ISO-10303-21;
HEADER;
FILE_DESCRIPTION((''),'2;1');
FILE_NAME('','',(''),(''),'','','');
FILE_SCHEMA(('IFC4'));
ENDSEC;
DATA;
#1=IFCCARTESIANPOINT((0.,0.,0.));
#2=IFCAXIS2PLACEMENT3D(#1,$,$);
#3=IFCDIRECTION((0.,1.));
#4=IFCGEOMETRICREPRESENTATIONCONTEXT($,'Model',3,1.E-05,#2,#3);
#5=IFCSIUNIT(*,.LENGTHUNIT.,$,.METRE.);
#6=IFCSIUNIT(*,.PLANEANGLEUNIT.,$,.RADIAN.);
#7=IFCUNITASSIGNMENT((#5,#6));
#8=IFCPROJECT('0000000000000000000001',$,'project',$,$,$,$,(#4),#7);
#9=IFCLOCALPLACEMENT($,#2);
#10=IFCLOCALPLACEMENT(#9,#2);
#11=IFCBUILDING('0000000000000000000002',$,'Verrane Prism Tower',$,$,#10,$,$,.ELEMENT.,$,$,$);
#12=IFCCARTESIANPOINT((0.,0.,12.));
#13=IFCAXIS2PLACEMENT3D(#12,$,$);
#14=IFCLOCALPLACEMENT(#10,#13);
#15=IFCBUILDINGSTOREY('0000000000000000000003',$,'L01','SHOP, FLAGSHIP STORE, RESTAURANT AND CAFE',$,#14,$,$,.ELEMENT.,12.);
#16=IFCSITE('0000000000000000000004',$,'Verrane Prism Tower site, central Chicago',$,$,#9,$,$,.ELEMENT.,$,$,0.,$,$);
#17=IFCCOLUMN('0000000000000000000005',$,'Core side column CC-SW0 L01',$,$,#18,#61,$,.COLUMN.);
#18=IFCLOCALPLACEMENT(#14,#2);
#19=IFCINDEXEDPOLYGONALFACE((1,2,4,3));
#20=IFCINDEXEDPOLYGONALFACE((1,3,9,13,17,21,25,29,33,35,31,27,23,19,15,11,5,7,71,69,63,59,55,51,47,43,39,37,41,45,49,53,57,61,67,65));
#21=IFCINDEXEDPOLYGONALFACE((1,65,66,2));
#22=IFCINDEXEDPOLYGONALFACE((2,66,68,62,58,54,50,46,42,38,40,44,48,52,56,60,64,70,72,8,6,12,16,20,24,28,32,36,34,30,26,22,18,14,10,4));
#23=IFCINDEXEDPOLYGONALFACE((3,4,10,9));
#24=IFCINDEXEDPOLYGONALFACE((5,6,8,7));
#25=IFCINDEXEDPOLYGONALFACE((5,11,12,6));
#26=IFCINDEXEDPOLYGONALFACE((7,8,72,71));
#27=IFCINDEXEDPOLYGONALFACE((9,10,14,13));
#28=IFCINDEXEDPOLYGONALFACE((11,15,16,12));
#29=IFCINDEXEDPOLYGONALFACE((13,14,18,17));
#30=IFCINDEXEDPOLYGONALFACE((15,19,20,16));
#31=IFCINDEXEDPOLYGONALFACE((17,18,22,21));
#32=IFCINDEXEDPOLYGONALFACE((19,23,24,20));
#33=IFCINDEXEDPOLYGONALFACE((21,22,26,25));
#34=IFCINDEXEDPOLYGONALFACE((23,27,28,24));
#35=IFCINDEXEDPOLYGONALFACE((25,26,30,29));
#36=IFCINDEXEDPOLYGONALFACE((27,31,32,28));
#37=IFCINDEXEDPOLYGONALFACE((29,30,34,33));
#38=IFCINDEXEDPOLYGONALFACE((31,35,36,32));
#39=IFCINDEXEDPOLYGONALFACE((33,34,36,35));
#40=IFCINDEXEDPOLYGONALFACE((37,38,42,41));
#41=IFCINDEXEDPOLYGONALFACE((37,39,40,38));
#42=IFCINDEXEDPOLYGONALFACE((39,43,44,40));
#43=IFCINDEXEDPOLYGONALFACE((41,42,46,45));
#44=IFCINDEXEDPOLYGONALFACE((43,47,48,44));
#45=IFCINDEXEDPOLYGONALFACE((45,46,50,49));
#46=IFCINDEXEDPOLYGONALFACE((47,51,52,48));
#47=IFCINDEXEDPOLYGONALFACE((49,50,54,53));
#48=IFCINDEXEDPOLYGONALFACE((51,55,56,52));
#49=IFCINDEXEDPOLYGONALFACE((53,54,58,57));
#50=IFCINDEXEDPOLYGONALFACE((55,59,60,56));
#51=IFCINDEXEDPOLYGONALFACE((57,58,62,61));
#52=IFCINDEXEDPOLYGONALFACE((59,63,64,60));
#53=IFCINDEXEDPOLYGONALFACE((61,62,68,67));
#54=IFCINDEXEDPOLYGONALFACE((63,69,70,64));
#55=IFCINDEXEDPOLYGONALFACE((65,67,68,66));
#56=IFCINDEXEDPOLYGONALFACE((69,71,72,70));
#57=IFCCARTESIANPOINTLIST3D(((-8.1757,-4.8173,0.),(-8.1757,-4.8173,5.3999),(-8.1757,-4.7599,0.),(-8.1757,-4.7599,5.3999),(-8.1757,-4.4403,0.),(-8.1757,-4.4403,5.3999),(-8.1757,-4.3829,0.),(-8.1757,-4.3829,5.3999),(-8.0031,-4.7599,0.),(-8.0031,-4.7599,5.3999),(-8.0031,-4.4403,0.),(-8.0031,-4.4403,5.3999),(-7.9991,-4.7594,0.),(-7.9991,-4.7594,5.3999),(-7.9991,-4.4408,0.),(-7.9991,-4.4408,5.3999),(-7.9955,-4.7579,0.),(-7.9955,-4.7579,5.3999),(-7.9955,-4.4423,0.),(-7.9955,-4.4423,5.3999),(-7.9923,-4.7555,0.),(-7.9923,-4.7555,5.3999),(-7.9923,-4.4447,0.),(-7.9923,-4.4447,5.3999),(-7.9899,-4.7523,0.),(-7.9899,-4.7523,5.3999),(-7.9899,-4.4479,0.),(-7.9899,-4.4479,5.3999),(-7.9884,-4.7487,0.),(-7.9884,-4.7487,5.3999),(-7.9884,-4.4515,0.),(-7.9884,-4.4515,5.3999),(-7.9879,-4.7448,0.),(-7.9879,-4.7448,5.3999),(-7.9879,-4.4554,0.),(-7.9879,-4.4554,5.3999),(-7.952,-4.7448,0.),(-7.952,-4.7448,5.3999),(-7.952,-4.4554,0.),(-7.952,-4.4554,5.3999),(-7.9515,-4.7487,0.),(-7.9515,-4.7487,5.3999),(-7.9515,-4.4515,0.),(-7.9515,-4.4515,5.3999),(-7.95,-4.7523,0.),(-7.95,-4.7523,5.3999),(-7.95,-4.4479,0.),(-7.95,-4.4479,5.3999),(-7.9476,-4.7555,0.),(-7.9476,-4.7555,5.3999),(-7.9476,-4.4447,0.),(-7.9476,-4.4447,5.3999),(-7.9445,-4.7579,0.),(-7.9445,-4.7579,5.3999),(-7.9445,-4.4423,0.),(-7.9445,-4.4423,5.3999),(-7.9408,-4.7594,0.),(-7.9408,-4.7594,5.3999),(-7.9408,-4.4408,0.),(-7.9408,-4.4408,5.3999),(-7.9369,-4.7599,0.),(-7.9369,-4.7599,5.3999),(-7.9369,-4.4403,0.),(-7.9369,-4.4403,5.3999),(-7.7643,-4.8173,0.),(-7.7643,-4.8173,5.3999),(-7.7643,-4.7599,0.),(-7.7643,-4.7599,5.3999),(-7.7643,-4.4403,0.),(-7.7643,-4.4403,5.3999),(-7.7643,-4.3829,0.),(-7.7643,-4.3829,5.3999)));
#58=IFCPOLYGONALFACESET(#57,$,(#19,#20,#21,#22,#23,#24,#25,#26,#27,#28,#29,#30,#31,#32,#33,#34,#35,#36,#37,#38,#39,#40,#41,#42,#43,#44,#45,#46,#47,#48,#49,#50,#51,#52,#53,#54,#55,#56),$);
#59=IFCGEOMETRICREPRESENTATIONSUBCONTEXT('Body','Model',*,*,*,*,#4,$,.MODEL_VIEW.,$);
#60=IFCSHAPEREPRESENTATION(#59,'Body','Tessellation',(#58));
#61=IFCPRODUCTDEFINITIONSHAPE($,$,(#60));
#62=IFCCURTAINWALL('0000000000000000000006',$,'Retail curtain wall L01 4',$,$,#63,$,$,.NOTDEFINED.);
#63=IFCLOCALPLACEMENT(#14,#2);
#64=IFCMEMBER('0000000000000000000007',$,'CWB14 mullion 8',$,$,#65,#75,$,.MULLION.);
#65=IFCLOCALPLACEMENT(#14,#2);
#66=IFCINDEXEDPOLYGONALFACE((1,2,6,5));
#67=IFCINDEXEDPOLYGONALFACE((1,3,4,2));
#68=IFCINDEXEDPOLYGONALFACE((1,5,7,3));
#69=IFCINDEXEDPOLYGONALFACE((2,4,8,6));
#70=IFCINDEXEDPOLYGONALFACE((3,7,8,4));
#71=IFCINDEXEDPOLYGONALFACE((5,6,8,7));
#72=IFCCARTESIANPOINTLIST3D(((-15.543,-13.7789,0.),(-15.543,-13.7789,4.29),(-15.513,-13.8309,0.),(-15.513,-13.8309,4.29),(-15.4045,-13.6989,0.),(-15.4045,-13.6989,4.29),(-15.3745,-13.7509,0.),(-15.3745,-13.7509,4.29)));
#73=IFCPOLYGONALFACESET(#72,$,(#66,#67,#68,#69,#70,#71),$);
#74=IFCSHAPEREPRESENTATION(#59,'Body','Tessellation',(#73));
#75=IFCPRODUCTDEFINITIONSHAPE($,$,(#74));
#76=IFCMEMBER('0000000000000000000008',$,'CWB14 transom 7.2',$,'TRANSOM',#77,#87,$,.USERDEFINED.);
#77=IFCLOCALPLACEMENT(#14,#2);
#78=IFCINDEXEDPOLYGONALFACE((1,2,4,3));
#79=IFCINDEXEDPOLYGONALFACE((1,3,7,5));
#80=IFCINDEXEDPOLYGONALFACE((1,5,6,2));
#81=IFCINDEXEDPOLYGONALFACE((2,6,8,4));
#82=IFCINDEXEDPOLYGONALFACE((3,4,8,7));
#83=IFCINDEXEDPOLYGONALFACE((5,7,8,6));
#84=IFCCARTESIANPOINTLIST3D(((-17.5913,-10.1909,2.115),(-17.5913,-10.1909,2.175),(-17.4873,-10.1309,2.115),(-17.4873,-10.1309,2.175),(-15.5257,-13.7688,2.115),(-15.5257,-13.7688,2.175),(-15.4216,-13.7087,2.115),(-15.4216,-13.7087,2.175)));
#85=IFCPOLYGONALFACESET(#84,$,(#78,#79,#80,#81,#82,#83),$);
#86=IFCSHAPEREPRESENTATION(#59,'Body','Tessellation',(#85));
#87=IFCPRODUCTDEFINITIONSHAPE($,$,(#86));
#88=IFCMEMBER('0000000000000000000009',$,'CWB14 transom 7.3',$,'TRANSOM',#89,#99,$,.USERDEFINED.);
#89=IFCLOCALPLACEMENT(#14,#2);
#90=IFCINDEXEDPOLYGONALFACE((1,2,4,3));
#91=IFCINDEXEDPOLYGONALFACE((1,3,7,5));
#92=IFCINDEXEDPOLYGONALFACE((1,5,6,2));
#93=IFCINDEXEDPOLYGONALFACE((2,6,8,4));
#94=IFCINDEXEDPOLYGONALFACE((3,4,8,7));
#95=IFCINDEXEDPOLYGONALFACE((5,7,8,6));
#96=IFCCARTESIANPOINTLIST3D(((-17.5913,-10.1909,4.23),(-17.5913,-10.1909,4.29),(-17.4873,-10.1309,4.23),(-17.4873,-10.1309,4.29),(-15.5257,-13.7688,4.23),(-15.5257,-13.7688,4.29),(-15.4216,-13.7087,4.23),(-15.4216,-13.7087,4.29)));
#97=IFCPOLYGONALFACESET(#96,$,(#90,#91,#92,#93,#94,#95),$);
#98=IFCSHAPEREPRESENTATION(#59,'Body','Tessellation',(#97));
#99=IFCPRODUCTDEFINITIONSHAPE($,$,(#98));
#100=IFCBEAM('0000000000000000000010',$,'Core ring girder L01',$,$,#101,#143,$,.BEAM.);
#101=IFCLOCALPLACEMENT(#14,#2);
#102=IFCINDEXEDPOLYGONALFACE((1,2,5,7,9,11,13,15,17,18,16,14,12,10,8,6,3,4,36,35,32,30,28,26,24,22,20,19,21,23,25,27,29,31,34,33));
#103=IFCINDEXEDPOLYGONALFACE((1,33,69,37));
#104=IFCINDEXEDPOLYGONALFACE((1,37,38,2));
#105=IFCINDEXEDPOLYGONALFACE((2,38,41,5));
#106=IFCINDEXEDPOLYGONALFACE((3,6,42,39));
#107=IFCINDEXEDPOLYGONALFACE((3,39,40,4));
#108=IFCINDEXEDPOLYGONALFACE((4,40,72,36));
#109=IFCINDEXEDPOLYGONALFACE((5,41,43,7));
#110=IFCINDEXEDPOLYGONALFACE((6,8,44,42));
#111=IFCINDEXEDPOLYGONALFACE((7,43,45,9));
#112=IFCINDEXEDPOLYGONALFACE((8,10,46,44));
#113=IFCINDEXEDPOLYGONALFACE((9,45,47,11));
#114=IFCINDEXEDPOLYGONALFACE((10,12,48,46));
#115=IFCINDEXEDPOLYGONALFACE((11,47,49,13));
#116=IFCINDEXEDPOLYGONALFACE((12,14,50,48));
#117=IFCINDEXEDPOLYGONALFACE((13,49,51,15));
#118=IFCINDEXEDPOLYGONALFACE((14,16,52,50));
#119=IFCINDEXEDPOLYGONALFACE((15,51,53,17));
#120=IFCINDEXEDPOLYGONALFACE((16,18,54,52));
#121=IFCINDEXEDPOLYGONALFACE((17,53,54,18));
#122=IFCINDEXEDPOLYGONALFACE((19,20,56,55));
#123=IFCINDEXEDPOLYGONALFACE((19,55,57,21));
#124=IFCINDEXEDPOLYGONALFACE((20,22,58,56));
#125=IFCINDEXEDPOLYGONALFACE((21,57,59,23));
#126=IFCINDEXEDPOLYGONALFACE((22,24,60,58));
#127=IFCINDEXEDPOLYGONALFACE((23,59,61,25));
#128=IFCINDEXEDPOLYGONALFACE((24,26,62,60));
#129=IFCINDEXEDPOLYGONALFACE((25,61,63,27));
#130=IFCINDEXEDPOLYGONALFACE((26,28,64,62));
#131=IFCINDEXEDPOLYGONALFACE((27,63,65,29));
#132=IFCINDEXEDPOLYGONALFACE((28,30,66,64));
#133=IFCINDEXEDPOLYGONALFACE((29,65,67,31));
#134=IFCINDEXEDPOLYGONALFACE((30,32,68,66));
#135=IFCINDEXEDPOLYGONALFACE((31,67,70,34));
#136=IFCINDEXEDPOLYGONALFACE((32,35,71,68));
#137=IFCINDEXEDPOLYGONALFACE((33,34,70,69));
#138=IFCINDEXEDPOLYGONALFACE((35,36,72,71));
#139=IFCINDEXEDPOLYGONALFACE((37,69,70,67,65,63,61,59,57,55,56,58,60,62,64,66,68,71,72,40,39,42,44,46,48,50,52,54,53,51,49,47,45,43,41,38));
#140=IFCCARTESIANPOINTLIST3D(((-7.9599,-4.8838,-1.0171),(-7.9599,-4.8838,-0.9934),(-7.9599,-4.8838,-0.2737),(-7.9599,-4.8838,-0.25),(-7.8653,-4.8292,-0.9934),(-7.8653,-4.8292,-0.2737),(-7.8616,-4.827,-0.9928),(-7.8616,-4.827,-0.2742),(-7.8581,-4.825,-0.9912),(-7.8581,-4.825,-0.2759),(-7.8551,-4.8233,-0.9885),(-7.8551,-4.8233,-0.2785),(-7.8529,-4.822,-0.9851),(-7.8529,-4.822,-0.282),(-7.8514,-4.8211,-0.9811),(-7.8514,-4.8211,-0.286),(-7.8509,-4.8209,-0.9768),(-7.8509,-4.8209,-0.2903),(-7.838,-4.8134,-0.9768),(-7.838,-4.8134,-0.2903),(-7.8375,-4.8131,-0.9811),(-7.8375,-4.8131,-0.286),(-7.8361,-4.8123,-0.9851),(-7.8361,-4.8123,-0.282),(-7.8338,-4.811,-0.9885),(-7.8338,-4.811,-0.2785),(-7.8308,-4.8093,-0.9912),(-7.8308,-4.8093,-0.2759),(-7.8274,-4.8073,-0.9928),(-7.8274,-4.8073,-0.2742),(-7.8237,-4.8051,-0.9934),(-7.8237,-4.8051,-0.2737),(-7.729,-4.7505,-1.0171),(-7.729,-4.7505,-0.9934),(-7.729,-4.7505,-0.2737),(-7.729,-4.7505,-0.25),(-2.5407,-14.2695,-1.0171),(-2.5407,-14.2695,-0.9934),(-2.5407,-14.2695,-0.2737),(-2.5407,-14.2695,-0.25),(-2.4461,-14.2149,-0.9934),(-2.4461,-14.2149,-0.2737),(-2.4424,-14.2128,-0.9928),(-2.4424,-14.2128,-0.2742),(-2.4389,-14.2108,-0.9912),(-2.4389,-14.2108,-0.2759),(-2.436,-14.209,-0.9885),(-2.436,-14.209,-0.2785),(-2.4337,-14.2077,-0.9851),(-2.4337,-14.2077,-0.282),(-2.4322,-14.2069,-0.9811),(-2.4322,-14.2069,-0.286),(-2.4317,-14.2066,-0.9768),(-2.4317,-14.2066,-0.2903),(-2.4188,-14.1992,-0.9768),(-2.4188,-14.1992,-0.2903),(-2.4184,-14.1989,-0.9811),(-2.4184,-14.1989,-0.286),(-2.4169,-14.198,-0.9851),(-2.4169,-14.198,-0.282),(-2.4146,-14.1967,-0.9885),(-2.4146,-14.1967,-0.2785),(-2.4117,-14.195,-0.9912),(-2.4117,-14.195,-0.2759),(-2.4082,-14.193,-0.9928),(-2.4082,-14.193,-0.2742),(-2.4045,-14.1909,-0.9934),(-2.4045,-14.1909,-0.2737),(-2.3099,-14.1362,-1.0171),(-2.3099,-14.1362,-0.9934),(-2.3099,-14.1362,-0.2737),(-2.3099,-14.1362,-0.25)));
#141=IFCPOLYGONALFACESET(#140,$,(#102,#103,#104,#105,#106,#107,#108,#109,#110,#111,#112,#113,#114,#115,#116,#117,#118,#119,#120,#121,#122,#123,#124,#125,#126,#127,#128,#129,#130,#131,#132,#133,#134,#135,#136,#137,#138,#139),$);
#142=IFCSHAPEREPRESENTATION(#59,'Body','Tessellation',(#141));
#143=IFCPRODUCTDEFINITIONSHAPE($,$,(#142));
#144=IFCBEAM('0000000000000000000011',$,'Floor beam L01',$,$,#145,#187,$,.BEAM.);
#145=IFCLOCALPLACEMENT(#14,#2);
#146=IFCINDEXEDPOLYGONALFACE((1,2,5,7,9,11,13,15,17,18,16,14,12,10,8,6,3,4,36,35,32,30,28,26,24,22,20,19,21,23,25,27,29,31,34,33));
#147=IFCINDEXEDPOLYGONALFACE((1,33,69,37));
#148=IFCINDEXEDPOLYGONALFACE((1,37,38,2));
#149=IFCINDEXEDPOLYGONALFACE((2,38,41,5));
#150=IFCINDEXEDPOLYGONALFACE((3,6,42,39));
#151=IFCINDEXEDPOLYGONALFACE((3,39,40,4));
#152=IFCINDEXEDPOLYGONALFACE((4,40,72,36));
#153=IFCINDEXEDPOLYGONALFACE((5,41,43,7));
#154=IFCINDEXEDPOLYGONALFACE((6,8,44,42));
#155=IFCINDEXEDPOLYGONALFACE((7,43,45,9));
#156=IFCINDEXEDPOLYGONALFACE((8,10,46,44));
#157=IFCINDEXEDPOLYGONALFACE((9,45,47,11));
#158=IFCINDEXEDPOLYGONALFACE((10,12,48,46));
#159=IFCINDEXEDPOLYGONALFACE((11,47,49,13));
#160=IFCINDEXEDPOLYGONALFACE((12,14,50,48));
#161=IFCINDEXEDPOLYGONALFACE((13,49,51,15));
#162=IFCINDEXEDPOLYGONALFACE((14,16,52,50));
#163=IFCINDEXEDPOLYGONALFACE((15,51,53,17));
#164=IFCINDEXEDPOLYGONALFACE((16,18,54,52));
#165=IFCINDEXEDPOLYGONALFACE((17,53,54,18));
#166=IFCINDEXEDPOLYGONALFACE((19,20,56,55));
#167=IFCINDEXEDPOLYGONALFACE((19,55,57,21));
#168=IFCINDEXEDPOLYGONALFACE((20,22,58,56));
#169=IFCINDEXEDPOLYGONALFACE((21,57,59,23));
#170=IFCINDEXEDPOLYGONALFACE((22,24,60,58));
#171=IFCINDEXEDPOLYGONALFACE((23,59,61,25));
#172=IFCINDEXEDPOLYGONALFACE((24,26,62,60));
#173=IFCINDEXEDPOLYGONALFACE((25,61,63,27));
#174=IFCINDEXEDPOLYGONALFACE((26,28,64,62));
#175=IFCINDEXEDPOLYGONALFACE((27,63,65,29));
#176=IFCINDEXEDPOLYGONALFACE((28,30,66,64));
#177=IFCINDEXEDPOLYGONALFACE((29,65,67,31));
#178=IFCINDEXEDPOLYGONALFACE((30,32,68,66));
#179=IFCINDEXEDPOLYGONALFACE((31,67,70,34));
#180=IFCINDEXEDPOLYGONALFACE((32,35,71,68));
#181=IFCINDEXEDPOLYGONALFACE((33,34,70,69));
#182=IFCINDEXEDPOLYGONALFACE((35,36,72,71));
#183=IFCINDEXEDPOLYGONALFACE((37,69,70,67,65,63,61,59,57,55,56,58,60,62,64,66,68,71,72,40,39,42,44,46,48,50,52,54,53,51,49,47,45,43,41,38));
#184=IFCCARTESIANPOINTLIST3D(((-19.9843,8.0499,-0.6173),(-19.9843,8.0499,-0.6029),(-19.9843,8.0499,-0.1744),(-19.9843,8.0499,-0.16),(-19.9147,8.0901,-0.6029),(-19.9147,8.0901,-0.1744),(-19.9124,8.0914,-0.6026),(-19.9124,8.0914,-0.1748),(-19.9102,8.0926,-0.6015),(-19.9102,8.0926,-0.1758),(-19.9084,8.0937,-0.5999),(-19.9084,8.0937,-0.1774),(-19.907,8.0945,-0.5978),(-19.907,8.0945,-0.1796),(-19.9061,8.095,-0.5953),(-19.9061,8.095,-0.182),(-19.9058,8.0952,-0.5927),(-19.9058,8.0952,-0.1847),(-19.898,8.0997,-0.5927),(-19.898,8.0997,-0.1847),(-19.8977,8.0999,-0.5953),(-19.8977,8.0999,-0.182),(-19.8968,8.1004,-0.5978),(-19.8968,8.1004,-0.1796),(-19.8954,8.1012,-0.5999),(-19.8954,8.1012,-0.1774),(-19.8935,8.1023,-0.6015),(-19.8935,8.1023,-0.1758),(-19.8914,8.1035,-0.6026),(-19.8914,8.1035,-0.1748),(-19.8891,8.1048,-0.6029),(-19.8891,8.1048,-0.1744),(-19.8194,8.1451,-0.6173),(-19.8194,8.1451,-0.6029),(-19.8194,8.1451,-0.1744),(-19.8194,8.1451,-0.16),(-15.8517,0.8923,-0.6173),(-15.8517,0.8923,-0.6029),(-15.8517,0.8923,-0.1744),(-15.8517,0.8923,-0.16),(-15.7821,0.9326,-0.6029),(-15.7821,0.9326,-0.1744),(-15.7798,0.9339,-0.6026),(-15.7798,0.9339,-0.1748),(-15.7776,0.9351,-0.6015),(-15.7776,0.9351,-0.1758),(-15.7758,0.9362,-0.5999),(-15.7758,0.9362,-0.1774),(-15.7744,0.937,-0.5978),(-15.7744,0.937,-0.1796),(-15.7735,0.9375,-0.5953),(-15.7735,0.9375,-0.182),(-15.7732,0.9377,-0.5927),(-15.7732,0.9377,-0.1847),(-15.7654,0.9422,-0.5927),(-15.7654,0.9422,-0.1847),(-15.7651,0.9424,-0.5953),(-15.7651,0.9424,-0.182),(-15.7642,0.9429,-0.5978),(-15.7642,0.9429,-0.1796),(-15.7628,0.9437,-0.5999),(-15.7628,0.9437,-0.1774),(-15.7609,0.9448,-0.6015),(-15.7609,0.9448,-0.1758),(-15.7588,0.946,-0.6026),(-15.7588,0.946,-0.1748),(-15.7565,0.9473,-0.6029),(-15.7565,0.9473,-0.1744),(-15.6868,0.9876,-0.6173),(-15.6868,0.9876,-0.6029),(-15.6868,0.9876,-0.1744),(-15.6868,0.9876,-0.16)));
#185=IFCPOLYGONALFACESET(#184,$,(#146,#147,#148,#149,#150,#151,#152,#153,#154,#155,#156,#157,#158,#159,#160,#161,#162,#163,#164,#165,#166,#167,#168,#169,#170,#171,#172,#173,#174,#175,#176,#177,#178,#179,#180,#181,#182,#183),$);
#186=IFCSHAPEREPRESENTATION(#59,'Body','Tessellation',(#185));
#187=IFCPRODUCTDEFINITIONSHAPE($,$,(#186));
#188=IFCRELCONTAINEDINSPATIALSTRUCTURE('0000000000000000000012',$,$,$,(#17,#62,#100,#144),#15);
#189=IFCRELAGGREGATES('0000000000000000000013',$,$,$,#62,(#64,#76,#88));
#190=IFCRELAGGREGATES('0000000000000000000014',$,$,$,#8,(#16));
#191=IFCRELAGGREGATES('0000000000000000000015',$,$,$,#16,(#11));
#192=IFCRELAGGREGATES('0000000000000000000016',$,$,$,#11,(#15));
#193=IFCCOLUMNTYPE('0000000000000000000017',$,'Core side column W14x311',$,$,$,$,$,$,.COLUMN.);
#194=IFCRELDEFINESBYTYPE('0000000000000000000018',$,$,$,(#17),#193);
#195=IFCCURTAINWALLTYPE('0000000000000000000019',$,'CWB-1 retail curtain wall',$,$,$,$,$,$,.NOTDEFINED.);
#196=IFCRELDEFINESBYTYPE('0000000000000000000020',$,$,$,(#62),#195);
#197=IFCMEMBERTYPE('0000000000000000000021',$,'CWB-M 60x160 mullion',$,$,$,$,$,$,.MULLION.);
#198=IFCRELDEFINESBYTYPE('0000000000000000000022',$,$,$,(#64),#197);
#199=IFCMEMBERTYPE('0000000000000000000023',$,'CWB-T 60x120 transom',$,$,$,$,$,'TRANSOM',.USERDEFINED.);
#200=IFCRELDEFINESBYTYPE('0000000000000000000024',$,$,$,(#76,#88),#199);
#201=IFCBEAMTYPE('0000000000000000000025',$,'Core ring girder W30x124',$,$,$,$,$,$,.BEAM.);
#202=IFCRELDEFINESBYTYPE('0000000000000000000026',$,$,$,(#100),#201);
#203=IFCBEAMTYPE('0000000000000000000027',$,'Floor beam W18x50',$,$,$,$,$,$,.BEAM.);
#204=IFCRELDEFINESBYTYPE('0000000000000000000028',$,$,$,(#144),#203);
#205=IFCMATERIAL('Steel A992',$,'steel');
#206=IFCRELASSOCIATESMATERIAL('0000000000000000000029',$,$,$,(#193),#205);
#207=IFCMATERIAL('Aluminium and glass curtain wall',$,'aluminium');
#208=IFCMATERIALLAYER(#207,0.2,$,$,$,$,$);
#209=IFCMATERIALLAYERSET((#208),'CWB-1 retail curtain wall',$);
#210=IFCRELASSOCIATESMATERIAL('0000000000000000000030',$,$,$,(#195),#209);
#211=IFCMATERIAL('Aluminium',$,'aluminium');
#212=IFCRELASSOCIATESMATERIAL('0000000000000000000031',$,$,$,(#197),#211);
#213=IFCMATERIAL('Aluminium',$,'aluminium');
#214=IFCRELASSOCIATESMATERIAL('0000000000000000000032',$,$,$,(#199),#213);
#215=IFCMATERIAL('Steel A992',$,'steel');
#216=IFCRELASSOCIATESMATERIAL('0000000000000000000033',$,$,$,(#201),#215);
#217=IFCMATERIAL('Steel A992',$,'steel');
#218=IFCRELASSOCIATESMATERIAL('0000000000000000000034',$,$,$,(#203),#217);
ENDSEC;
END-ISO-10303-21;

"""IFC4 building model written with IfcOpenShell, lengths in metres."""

from ifc_helpers import new_model, si_unit, direction, frame, origin, origin_2d, place, context, subcontext, project, spatial, rectangle, i_section, extrude, material, layer, layer_set, material_profile, profile_set, type_object, element, aggregate, save


model = new_model("IFC4")

# Units and contexts
model_context = context("Model", 3, precision=1e-05, world=origin(), true_north=direction((0.0, 1.0)))
body_context = subcontext(model_context, "Body", "Model", "MODEL_VIEW")
ifc_project = project(units=[si_unit("LENGTHUNIT", "METRE"), si_unit("PLANEANGLEUNIT", "RADIAN")], contexts=[model_context])

# Site, building, storey
site_placement = place(None, origin())
site = spatial("IfcSite", under=ifc_project, at=site_placement, Name="Verrane Prism Tower site, central Chicago", CompositionType="ELEMENT", RefElevation=0.0)
building_placement = place(site_placement, origin())
building = spatial("IfcBuilding", under=site, at=building_placement, Name="Verrane Prism Tower", CompositionType="ELEMENT")
storey_placement = place(building_placement, frame((0.0, 0.0, 12.0)))
storey = spatial("IfcBuildingStorey", under=building, at=storey_placement, Name="L01", Description="SHOP, FLAGSHIP STORE, RESTAURANT AND CAFE", CompositionType="ELEMENT", Elevation=12.0)

# Column
ifc_material_1 = material(Name="Steel A992", Category="steel")
ifc_material_profile_1 = material_profile(ifc_material_1, i_section(OverallWidth=0.4114, OverallDepth=0.4343, WebThickness=0.0359, FlangeThickness=0.0574, FilletRadius=0.0151, at=origin_2d()), Name="W14x311")
ifc_profile_set_1 = profile_set([ifc_material_profile_1], Name="Steel A992")
column_type = type_object("IfcColumnType", Name="Core side column W14x311", PredefinedType="COLUMN", material=ifc_profile_set_1)
column_placement = place(storey_placement, frame((-7.97, -4.6001, 0.0), z_axis=(0.0, 0.0, 1.0), x_axis=(1.0, 0.0, 0.0)))
element("IfcColumn", 1, at=column_placement, inside=storey, type_object=column_type, Name="Core side column CC-SW0 L01", PredefinedType="COLUMN", context=body_context, shape_type="SweptSolid", body=[
    extrude(i_section(OverallWidth=0.4114, OverallDepth=0.4343, WebThickness=0.0359, FlangeThickness=0.0574, FilletRadius=0.0151, at=origin_2d()), origin(), (0.0, 0.0, 1.0), 5.3999),
])

# Curtain wall, members
ifc_material_2 = material(Name="Aluminium and glass curtain wall", Category="aluminium")
ifc_layer_1 = layer(ifc_material_2, 0.2)
ifc_layer_set_1 = layer_set([ifc_layer_1], Name="CWB-1 retail curtain wall")
curtain_wall_type = type_object("IfcCurtainWallType", Name="CWB-1 retail curtain wall", PredefinedType="NOTDEFINED", material=ifc_layer_set_1)
curtain_wall_placement = place(storey_placement, origin())
curtain_wall = element("IfcCurtainWall", 2, at=curtain_wall_placement, inside=storey, type_object=curtain_wall_type, Name="Retail curtain wall L01 4", PredefinedType="NOTDEFINED")
ifc_material_3 = material(Name="Aluminium", Category="aluminium")
ifc_material_profile_2 = material_profile(ifc_material_3, rectangle(XDim=0.1599, YDim=0.0601, at=origin_2d()), Name="CWB-M 60x160 mullion")
ifc_profile_set_2 = profile_set([ifc_material_profile_2], Name="Aluminium")
member_type_1 = type_object("IfcMemberType", Name="CWB-M 60x160 mullion", PredefinedType="MULLION", material=ifc_profile_set_2)
member_1_placement = place(storey_placement, frame((-15.4587, -13.7649, 0.0), z_axis=(0.0, 0.0, 1.0), x_axis=(0.866025, 0.5, 0.0)))
member_1 = element("IfcMember", 3, at=member_1_placement, type_object=member_type_1, Name="CWB14 mullion 8", PredefinedType="MULLION", context=body_context, shape_type="SweptSolid", body=[
    extrude(rectangle(XDim=0.1599, YDim=0.0601, at=origin_2d()), origin(), (0.0, 0.0, 1.0), 4.29),
])
ifc_material_4 = material(Name="Aluminium", Category="aluminium")
ifc_material_profile_3 = material_profile(ifc_material_4, rectangle(XDim=0.1201, YDim=0.0601, at=origin_2d()), Name="CWB-T 60x120 transom")
ifc_profile_set_3 = profile_set([ifc_material_profile_3], Name="Aluminium")
member_type_2 = type_object("IfcMemberType", Name="CWB-T 60x120 transom", ElementType="TRANSOM", PredefinedType="USERDEFINED", material=ifc_profile_set_3)
member_2_placement = place(storey_placement, frame((-17.5393, -10.1609, 2.145), z_axis=(0.499997, -0.866027, 0.0), x_axis=(0.866027, 0.499997, 0.0)))
member_2 = element("IfcMember", 4, at=member_2_placement, type_object=member_type_2, Name="CWB14 transom 7.2", ObjectType="TRANSOM", PredefinedType="USERDEFINED", context=body_context, shape_type="SweptSolid", body=[
    extrude(rectangle(XDim=0.1201, YDim=0.0601, at=origin_2d()), origin(), (0.0, 0.0, 1.0), 4.1313),
])
member_3_placement = place(storey_placement, frame((-17.5393, -10.1609, 4.26), z_axis=(0.499997, -0.866027, 0.0), x_axis=(0.866027, 0.499997, 0.0)))
member_3 = element("IfcMember", 5, at=member_3_placement, type_object=member_type_2, Name="CWB14 transom 7.3", ObjectType="TRANSOM", PredefinedType="USERDEFINED", context=body_context, shape_type="SweptSolid", body=[
    extrude(rectangle(XDim=0.1201, YDim=0.0601, at=origin_2d()), origin(), (0.0, 0.0, 1.0), 4.1313),
])

# Beams
ifc_material_5 = material(Name="Steel A992", Category="steel")
ifc_material_profile_4 = material_profile(ifc_material_5, i_section(OverallWidth=0.2666, OverallDepth=0.7671, WebThickness=0.0149, FlangeThickness=0.0237, FilletRadius=0.0166, at=origin_2d()), Name="W30x124")
ifc_profile_set_4 = profile_set([ifc_material_profile_4], Name="Steel A992")
beam_type_1 = type_object("IfcBeamType", Name="Core ring girder W30x124", PredefinedType="BEAM", material=ifc_profile_set_4)
beam_1_placement = place(storey_placement, frame((-7.8445, -4.8171, -0.6335), z_axis=(0.500023, -0.866012, 0.0), x_axis=(0.866012, 0.500023, 0.0)))
element("IfcBeam", 6, at=beam_1_placement, inside=storey, type_object=beam_type_1, Name="Core ring girder L01", PredefinedType="BEAM", context=body_context, shape_type="SweptSolid", body=[
    extrude(i_section(OverallWidth=0.2666, OverallDepth=0.7671, WebThickness=0.0149, FlangeThickness=0.0237, FilletRadius=0.0166, at=origin_2d()), origin(), (0.0, 0.0, 1.0), 10.8379),
])
ifc_material_6 = material(Name="Steel A992", Category="steel")
ifc_material_profile_5 = material_profile(ifc_material_6, i_section(OverallWidth=0.1904, OverallDepth=0.4573, WebThickness=0.009, FlangeThickness=0.0144, FilletRadius=0.0103, at=origin_2d()), Name="W18x50")
ifc_profile_set_5 = profile_set([ifc_material_profile_5], Name="Steel A992")
beam_type_2 = type_object("IfcBeamType", Name="Floor beam W18x50", PredefinedType="BEAM", material=ifc_profile_set_5)
beam_2_placement = place(storey_placement, frame((-15.7693, 0.9399, -0.3887), z_axis=(-0.500018, 0.866015, 0.0), x_axis=(-0.866015, -0.500018, 0.0)))
element("IfcBeam", 7, at=beam_2_placement, inside=storey, type_object=beam_type_2, Name="Floor beam L01", PredefinedType="BEAM", context=body_context, shape_type="SweptSolid", body=[
    extrude(i_section(OverallWidth=0.1904, OverallDepth=0.4573, WebThickness=0.009, FlangeThickness=0.0144, FilletRadius=0.0103, at=origin_2d()), origin(), (0.0, 0.0, 1.0), 8.2649),
])

aggregate(curtain_wall, [member_1, member_2, member_3])

save(model, "model.ifc")
